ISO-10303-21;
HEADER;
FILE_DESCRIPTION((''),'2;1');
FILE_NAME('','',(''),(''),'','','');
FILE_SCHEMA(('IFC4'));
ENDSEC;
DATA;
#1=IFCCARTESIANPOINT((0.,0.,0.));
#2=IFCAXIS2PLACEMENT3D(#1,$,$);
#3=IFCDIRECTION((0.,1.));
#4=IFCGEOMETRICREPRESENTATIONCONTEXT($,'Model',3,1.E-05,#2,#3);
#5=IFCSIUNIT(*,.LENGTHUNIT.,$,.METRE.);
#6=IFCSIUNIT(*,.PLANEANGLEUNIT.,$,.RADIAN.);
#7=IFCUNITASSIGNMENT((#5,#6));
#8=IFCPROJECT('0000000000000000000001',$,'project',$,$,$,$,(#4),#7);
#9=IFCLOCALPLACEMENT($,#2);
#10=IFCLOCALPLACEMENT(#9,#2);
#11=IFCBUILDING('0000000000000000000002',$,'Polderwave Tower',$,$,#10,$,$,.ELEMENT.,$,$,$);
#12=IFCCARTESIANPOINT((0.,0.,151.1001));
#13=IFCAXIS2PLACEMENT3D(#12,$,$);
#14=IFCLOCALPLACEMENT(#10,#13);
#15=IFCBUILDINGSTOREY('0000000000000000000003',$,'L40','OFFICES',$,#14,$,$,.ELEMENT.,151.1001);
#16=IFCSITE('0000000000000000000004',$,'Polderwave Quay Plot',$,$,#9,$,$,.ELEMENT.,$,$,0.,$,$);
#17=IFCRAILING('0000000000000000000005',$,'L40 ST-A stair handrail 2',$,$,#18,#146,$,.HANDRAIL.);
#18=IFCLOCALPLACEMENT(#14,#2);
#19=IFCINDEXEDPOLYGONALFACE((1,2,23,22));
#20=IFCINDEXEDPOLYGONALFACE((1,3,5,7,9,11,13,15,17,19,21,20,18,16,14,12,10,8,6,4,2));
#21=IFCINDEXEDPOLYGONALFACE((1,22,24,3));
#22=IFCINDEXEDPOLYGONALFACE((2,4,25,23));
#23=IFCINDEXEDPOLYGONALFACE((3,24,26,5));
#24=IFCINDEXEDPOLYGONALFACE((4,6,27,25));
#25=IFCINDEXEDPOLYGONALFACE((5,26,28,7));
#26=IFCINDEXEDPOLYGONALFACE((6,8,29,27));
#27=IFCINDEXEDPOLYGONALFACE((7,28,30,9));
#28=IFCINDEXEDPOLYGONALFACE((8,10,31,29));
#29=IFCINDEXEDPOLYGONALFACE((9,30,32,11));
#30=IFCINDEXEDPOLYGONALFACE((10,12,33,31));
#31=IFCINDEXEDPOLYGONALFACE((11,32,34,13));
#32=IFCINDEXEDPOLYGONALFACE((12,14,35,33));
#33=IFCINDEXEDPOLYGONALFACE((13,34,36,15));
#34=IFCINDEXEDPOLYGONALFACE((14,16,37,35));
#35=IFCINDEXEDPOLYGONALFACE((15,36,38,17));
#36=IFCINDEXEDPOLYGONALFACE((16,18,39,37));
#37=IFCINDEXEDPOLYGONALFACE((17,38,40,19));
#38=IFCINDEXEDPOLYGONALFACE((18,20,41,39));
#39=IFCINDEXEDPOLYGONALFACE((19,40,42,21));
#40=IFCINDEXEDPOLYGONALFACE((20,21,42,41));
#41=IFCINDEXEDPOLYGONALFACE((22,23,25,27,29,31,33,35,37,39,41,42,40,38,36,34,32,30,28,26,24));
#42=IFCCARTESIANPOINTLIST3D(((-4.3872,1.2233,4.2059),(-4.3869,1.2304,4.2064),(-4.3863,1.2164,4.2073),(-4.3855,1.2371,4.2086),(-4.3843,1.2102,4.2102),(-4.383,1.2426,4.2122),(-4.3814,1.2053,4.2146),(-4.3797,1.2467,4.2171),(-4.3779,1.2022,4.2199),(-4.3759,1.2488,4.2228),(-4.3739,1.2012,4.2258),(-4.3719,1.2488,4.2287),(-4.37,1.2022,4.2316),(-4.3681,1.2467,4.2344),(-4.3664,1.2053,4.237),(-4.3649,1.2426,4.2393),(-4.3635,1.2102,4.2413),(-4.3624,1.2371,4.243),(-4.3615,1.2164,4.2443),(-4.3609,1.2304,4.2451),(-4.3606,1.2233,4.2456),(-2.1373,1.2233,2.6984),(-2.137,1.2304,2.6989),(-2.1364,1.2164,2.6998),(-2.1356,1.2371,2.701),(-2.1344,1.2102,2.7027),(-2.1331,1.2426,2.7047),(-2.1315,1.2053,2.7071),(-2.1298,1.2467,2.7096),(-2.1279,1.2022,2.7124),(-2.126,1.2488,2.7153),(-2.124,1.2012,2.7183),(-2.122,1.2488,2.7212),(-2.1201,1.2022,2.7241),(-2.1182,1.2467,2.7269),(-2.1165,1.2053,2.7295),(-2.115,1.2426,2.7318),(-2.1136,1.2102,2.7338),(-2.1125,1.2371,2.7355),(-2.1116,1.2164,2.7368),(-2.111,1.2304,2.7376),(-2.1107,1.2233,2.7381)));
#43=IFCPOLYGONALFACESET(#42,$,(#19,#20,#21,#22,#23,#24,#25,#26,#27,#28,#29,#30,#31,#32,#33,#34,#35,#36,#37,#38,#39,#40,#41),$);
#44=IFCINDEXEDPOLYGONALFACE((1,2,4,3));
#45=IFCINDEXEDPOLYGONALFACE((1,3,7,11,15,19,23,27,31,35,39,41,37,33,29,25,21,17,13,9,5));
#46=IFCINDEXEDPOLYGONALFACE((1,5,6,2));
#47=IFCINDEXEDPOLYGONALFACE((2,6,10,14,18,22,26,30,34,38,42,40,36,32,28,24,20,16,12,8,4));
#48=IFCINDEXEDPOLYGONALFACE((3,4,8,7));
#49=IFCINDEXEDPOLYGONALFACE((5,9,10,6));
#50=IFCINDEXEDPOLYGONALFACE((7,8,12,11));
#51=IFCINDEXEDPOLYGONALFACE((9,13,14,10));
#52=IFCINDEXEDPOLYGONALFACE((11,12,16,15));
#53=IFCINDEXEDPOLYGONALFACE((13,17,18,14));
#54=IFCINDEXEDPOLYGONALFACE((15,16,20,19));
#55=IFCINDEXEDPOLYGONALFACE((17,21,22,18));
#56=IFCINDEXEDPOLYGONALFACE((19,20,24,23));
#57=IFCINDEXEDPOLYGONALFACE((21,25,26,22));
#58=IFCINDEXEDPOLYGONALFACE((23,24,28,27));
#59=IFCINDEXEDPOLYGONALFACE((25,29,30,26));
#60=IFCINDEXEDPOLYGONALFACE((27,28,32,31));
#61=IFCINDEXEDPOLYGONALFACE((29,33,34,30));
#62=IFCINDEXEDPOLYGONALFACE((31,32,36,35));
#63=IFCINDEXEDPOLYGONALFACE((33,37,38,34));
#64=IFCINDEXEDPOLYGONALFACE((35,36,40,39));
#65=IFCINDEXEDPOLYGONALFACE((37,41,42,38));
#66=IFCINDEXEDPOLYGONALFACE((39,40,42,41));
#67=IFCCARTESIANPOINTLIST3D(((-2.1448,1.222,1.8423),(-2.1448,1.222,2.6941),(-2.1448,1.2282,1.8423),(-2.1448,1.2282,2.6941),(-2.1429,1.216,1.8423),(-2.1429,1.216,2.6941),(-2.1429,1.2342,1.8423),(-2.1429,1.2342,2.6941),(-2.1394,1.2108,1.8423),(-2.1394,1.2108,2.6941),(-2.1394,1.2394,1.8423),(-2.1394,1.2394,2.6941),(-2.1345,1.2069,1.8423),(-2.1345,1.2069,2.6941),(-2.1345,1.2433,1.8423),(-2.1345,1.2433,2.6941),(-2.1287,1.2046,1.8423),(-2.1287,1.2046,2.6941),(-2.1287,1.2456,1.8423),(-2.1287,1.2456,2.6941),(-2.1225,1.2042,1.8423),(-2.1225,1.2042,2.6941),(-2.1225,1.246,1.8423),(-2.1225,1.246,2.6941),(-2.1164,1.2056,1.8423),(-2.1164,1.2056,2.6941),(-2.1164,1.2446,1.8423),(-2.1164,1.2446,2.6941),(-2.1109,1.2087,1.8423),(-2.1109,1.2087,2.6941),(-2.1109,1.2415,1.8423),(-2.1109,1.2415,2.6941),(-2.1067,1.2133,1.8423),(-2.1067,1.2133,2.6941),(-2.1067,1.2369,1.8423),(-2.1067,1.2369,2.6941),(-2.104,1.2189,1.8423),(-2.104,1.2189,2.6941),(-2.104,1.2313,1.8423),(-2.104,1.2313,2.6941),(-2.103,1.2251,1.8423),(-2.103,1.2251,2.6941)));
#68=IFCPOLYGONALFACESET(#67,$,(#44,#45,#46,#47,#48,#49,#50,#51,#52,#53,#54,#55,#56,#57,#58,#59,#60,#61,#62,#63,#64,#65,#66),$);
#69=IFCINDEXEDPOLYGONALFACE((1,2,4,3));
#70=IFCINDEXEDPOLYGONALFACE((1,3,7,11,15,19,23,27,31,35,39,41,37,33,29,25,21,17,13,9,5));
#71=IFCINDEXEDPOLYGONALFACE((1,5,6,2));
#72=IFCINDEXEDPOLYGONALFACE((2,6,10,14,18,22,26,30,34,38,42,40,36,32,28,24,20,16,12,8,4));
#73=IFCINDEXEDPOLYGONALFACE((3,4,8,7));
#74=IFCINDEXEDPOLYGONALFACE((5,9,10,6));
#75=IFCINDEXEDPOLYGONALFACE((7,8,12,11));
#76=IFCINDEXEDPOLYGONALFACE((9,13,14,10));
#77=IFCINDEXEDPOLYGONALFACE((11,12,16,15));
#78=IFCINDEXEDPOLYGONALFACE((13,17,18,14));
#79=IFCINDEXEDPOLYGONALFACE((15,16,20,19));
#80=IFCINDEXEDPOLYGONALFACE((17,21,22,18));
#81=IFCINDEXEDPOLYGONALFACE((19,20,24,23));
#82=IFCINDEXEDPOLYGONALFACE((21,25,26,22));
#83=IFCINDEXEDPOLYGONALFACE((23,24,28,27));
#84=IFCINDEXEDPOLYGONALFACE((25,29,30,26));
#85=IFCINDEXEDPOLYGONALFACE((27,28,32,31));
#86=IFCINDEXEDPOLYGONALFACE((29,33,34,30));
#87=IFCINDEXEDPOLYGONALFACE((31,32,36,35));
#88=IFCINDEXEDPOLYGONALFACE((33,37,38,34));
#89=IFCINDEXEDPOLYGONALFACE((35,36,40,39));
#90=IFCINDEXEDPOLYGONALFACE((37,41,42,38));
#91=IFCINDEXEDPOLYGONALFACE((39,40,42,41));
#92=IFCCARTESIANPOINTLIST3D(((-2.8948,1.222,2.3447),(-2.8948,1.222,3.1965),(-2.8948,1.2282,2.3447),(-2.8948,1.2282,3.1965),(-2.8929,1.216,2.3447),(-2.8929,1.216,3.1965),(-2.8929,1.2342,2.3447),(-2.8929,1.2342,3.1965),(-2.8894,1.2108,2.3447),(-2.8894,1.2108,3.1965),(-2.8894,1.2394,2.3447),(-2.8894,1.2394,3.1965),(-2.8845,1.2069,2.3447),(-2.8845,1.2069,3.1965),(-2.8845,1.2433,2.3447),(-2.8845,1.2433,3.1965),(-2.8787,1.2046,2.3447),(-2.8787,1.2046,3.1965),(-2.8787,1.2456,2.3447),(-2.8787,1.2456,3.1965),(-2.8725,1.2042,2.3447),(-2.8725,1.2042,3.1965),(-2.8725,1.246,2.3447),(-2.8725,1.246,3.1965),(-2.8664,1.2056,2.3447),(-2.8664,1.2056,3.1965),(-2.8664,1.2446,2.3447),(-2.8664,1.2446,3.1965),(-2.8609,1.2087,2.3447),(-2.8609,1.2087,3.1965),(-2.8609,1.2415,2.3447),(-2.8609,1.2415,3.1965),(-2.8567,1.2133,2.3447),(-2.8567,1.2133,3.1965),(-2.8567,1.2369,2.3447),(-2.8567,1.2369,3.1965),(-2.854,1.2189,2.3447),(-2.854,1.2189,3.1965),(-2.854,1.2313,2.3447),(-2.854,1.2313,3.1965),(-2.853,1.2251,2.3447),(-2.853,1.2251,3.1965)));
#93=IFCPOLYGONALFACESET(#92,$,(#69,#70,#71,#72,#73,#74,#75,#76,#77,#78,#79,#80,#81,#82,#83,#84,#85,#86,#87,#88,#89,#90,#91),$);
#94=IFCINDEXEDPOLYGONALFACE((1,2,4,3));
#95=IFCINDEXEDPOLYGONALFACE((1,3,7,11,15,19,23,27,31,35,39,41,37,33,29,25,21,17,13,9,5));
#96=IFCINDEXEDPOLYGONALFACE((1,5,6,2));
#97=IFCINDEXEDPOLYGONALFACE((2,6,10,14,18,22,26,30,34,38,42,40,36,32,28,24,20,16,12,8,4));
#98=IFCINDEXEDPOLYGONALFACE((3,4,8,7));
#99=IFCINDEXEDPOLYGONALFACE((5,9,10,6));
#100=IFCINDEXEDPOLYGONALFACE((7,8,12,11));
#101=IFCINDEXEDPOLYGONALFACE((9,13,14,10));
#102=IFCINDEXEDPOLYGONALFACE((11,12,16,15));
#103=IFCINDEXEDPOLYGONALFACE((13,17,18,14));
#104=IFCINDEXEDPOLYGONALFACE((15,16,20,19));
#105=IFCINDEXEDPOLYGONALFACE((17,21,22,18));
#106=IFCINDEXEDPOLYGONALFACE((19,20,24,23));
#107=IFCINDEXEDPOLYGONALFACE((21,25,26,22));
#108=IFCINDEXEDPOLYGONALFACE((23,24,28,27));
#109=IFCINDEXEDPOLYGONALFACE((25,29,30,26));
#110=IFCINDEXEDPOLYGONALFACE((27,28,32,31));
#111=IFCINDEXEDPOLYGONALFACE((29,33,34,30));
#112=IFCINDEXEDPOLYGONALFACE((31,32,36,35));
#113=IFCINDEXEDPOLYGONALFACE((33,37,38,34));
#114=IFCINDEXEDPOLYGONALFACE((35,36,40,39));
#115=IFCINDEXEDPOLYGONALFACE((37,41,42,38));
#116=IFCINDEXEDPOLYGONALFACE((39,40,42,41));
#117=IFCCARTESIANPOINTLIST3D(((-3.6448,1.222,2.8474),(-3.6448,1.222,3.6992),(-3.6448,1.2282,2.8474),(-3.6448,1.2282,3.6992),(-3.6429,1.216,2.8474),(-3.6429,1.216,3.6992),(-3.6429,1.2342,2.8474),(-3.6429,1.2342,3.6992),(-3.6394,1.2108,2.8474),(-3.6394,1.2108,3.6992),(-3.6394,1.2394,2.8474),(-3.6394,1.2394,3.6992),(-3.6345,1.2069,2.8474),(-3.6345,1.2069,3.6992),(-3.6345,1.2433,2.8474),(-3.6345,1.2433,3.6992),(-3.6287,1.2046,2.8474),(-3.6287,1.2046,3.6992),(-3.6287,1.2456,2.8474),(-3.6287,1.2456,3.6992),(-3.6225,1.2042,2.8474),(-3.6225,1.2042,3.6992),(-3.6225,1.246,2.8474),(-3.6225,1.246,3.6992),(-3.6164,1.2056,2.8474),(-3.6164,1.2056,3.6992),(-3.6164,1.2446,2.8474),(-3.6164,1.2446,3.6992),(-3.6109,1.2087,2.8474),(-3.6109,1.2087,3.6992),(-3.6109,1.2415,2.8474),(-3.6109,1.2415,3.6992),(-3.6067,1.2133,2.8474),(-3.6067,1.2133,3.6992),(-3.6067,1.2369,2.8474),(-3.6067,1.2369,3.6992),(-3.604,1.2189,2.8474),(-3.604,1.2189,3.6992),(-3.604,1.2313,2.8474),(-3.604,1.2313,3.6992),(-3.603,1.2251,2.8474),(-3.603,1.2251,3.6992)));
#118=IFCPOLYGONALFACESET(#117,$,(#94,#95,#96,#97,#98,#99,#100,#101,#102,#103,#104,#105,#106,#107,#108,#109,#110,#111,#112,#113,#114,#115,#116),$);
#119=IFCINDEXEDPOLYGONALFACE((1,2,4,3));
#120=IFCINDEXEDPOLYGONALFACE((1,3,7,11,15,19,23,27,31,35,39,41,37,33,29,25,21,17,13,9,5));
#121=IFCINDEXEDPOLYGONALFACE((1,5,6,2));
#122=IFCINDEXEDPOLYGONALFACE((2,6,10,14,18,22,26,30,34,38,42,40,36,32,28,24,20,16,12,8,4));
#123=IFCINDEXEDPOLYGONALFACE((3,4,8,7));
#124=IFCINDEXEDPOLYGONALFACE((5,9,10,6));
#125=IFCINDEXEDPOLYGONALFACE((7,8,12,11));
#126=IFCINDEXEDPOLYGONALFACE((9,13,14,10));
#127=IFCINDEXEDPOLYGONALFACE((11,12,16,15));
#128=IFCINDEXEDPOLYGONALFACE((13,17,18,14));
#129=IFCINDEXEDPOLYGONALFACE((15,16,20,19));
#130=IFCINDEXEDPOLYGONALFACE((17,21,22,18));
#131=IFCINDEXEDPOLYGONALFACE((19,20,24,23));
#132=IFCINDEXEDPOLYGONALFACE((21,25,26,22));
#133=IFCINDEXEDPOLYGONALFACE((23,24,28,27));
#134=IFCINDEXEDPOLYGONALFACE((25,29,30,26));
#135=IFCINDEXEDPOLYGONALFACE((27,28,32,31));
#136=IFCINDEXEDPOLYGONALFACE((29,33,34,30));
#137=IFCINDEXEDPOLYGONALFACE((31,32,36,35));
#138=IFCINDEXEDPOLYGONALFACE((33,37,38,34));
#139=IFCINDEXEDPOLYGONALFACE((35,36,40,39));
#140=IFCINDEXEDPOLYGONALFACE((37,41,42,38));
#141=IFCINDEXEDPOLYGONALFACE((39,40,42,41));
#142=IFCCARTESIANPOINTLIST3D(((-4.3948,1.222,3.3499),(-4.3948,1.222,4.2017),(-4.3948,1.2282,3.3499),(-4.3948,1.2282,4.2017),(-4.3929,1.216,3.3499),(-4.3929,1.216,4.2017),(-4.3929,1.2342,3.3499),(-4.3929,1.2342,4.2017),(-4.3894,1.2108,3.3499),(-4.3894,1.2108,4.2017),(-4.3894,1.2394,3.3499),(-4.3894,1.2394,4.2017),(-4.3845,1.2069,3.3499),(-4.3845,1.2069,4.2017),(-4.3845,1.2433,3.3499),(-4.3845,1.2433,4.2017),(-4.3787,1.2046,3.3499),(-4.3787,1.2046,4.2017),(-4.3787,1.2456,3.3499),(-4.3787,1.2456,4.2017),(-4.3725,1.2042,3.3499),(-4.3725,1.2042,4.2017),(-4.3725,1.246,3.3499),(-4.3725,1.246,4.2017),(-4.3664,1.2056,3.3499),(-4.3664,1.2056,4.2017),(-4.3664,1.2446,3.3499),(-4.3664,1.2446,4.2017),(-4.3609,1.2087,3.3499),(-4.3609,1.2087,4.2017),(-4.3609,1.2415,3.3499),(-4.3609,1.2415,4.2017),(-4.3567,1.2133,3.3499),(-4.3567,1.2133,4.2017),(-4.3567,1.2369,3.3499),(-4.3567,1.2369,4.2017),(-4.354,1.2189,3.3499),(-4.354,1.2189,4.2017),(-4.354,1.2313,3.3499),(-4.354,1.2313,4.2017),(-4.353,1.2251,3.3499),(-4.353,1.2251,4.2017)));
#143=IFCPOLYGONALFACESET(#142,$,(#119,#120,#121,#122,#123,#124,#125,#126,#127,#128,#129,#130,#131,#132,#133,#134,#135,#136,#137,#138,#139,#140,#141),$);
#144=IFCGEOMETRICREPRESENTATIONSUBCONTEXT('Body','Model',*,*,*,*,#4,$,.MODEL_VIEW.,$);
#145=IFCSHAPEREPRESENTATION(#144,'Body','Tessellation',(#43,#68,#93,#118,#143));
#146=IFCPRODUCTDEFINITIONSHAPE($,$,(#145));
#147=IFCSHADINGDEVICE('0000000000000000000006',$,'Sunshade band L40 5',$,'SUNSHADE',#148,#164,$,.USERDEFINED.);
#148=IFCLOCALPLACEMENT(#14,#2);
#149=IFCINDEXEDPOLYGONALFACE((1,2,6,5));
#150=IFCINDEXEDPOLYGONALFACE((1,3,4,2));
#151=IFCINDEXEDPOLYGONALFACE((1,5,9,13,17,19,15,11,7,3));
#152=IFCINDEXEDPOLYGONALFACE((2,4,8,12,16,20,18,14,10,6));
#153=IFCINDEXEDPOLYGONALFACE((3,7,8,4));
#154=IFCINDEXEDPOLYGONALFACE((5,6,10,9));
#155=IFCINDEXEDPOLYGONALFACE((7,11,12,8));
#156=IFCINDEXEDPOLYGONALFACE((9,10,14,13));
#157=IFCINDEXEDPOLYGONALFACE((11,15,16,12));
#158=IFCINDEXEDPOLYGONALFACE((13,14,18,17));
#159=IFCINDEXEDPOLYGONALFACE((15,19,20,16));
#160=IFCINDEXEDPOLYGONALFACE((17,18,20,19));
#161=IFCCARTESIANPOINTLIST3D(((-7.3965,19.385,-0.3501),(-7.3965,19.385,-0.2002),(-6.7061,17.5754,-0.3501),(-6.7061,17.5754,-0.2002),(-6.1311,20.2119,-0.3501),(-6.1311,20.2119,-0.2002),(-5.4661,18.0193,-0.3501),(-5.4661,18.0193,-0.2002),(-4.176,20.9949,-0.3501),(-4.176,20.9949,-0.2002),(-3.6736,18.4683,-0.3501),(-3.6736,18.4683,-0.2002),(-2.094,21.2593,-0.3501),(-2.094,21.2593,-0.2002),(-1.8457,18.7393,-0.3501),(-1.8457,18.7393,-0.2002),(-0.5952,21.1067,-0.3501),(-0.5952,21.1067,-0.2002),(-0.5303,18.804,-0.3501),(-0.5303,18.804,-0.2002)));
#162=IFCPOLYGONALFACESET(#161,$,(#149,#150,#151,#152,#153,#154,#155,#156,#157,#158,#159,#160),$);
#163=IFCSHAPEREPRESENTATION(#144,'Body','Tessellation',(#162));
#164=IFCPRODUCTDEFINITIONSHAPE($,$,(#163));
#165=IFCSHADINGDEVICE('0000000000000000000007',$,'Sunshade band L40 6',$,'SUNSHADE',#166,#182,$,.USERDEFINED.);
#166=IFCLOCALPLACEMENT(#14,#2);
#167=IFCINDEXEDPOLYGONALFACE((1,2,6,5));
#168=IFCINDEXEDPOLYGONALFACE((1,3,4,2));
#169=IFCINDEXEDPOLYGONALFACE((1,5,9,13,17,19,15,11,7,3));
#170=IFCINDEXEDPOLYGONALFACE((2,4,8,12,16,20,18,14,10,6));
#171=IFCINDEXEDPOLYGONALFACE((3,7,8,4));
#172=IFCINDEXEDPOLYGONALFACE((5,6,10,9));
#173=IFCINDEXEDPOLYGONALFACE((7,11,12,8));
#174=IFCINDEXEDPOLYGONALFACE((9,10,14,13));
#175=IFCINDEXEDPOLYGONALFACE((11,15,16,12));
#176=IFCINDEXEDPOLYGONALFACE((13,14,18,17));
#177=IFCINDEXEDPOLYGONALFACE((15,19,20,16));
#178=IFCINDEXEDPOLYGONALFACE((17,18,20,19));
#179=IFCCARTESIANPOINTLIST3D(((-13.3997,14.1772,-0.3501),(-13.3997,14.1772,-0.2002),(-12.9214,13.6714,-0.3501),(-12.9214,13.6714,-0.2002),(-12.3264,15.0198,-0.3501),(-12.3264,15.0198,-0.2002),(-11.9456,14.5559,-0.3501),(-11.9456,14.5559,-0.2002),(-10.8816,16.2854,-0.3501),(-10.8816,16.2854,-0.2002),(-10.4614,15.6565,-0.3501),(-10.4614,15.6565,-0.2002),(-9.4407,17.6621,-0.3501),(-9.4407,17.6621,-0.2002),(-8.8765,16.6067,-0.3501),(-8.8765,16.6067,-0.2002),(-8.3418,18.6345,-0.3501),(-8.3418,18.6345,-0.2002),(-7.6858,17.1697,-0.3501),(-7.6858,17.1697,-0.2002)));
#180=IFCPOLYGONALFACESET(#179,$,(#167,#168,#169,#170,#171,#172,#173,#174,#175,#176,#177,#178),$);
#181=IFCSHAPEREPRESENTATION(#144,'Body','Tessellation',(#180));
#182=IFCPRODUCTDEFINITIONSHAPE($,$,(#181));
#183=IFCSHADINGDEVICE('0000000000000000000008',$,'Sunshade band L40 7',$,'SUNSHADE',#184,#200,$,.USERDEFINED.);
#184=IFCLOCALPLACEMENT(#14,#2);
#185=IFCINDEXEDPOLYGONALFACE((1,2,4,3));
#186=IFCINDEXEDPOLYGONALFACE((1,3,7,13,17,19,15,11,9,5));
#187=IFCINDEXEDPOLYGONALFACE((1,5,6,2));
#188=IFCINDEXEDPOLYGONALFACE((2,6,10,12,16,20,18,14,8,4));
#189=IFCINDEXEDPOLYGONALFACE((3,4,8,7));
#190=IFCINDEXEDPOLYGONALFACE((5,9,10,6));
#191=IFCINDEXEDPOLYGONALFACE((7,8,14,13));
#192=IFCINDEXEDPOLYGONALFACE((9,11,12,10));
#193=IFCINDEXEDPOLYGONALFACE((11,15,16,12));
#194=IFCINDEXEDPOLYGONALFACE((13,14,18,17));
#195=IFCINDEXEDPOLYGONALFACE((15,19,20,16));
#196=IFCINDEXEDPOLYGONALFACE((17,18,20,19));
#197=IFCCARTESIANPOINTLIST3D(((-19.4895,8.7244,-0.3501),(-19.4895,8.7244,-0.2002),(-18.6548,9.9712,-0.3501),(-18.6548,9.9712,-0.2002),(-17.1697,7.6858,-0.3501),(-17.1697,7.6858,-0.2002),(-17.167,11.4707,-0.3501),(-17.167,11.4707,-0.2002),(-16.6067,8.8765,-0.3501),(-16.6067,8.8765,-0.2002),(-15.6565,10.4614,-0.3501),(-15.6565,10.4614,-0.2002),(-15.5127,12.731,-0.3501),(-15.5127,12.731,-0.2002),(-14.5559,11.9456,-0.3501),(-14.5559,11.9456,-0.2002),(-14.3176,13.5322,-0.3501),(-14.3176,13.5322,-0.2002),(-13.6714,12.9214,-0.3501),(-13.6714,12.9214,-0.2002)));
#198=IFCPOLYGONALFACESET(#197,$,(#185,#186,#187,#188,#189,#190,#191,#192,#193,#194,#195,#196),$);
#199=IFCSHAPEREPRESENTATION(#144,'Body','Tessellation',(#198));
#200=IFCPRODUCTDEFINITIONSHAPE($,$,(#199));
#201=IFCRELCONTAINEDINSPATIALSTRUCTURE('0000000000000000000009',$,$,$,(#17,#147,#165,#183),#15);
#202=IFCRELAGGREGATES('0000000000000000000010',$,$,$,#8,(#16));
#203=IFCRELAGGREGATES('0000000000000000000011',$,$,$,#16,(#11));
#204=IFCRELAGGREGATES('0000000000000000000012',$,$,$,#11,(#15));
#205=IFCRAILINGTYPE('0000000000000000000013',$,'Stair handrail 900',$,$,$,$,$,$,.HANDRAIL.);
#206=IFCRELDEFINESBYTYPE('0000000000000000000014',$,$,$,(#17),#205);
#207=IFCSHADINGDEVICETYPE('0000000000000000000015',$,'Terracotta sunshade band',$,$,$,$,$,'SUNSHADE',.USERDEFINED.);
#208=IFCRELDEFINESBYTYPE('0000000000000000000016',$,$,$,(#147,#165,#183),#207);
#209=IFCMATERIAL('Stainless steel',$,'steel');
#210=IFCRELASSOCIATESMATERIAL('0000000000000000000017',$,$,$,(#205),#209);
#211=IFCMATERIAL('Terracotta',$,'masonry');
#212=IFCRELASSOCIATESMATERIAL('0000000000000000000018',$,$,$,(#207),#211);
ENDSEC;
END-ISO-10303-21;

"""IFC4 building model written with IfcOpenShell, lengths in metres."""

from ifc_helpers import new_model, si_unit, direction, frame, origin, origin_2d, place, context, subcontext, project, spatial, polyline, circle, outline, extrude, material, type_object, element, save


model = new_model("IFC4")

# Units and contexts
model_context = context("Model", 3, precision=1e-05, world=origin(), true_north=direction((0.0, 1.0)))
body_context = subcontext(model_context, "Body", "Model", "MODEL_VIEW")
ifc_project = project(units=[si_unit("LENGTHUNIT", "METRE"), si_unit("PLANEANGLEUNIT", "RADIAN")], contexts=[model_context])

# Site, building, storey
site_placement = place(None, origin())
site = spatial("IfcSite", under=ifc_project, at=site_placement, Name="Polderwave Quay Plot", CompositionType="ELEMENT", RefElevation=0.0)
building_placement = place(site_placement, origin())
building = spatial("IfcBuilding", under=site, at=building_placement, Name="Polderwave Tower", CompositionType="ELEMENT")
storey_placement = place(building_placement, frame((0.0, 0.0, 151.1001)))
storey = spatial("IfcBuildingStorey", under=building, at=storey_placement, Name="L40", Description="OFFICES", CompositionType="ELEMENT", Elevation=151.1001)

# Shared definitions
ifc_material_1 = material(Name="Stainless steel", Category="steel")

# Railing
railing_type_1 = type_object("IfcRailingType", Name="Stair handrail 900", PredefinedType="HANDRAIL", material=ifc_material_1)
railing_1_placement = place(storey_placement, frame((-2.124, 1.2251, 1.8423)))
element("IfcRailing", 1, at=railing_1_placement, inside=storey, type_object=railing_type_1, Name="L40 ST-A stair handrail 2", PredefinedType="HANDRAIL", context=body_context, shape_type="SweptSolid", body=[
    extrude(circle(Radius=0.0239, at=origin_2d()), frame((0.0, 0.0, 0.876), z_axis=(-0.830758, 0.0, 0.556633), x_axis=(0.0, -1.0, 0.0)), (0.0, 0.0, 1.0), 2.7083),
    extrude(circle(Radius=0.021, at=origin_2d()), origin(), (0.0, 0.0, 1.0), 0.8518),
    extrude(circle(Radius=0.021, at=origin_2d()), frame((-0.75, 0.0, 0.5024)), (0.0, 0.0, 1.0), 0.8518),
    extrude(circle(Radius=0.021, at=origin_2d()), frame((-1.5, 0.0, 1.0051)), (0.0, 0.0, 1.0), 0.8518),
    extrude(circle(Radius=0.021, at=origin_2d()), frame((-2.25, 0.0, 1.5076)), (0.0, 0.0, 1.0), 0.8518),
])

# Shading devices
ifc_material_2 = material(Name="Terracotta", Category="masonry")
shading_device_type = type_object("IfcShadingDeviceType", Name="Terracotta sunshade band", ElementType="SUNSHADE", PredefinedType="USERDEFINED", material=ifc_material_2)
shading_device_1_placement = place(storey_placement, frame((0.0, 0.0, -0.3501)))
element("IfcShadingDevice", 2, at=shading_device_1_placement, inside=storey, type_object=shading_device_type, Name="Sunshade band L40 5", ObjectType="SUNSHADE", PredefinedType="USERDEFINED", context=body_context, shape_type="SweptSolid", body=[
    extrude(outline(polyline([(-0.5303, 18.804), (-1.8457, 18.7393), (-3.6736, 18.4683), (-5.4661, 18.0193), (-6.7061, 17.5754), (-7.3965, 19.385), (-6.1311, 20.2119), (-4.176, 20.9949), (-2.094, 21.2593), (-0.5952, 21.1067), (-0.5303, 18.804)])), origin(), (0.0, 0.0, 1.0), 0.1499),
])
shading_device_2_placement = place(storey_placement, frame((0.0, 0.0, -0.3501)))
element("IfcShadingDevice", 3, at=shading_device_2_placement, inside=storey, type_object=shading_device_type, Name="Sunshade band L40 6", ObjectType="SUNSHADE", PredefinedType="USERDEFINED", context=body_context, shape_type="SweptSolid", body=[
    extrude(outline(polyline([(-7.6858, 17.1697), (-8.8765, 16.6067), (-10.4614, 15.6565), (-11.9456, 14.5559), (-12.9214, 13.6714), (-13.3997, 14.1772), (-12.3264, 15.0198), (-10.8816, 16.2854), (-9.4407, 17.6621), (-8.3418, 18.6345), (-7.6858, 17.1697)])), origin(), (0.0, 0.0, 1.0), 0.1499),
])
shading_device_3_placement = place(storey_placement, frame((0.0, 0.0, -0.3501)))
element("IfcShadingDevice", 4, at=shading_device_3_placement, inside=storey, type_object=shading_device_type, Name="Sunshade band L40 7", ObjectType="SUNSHADE", PredefinedType="USERDEFINED", context=body_context, shape_type="SweptSolid", body=[
    extrude(outline(polyline([(-13.6714, 12.9214), (-14.5559, 11.9456), (-15.6565, 10.4614), (-16.6067, 8.8765), (-17.1697, 7.6858), (-19.4895, 8.7244), (-18.6548, 9.9712), (-17.167, 11.4707), (-15.5127, 12.731), (-14.3176, 13.5322), (-13.6714, 12.9214)])), origin(), (0.0, 0.0, 1.0), 0.1499),
])

save(model, "model.ifc")
